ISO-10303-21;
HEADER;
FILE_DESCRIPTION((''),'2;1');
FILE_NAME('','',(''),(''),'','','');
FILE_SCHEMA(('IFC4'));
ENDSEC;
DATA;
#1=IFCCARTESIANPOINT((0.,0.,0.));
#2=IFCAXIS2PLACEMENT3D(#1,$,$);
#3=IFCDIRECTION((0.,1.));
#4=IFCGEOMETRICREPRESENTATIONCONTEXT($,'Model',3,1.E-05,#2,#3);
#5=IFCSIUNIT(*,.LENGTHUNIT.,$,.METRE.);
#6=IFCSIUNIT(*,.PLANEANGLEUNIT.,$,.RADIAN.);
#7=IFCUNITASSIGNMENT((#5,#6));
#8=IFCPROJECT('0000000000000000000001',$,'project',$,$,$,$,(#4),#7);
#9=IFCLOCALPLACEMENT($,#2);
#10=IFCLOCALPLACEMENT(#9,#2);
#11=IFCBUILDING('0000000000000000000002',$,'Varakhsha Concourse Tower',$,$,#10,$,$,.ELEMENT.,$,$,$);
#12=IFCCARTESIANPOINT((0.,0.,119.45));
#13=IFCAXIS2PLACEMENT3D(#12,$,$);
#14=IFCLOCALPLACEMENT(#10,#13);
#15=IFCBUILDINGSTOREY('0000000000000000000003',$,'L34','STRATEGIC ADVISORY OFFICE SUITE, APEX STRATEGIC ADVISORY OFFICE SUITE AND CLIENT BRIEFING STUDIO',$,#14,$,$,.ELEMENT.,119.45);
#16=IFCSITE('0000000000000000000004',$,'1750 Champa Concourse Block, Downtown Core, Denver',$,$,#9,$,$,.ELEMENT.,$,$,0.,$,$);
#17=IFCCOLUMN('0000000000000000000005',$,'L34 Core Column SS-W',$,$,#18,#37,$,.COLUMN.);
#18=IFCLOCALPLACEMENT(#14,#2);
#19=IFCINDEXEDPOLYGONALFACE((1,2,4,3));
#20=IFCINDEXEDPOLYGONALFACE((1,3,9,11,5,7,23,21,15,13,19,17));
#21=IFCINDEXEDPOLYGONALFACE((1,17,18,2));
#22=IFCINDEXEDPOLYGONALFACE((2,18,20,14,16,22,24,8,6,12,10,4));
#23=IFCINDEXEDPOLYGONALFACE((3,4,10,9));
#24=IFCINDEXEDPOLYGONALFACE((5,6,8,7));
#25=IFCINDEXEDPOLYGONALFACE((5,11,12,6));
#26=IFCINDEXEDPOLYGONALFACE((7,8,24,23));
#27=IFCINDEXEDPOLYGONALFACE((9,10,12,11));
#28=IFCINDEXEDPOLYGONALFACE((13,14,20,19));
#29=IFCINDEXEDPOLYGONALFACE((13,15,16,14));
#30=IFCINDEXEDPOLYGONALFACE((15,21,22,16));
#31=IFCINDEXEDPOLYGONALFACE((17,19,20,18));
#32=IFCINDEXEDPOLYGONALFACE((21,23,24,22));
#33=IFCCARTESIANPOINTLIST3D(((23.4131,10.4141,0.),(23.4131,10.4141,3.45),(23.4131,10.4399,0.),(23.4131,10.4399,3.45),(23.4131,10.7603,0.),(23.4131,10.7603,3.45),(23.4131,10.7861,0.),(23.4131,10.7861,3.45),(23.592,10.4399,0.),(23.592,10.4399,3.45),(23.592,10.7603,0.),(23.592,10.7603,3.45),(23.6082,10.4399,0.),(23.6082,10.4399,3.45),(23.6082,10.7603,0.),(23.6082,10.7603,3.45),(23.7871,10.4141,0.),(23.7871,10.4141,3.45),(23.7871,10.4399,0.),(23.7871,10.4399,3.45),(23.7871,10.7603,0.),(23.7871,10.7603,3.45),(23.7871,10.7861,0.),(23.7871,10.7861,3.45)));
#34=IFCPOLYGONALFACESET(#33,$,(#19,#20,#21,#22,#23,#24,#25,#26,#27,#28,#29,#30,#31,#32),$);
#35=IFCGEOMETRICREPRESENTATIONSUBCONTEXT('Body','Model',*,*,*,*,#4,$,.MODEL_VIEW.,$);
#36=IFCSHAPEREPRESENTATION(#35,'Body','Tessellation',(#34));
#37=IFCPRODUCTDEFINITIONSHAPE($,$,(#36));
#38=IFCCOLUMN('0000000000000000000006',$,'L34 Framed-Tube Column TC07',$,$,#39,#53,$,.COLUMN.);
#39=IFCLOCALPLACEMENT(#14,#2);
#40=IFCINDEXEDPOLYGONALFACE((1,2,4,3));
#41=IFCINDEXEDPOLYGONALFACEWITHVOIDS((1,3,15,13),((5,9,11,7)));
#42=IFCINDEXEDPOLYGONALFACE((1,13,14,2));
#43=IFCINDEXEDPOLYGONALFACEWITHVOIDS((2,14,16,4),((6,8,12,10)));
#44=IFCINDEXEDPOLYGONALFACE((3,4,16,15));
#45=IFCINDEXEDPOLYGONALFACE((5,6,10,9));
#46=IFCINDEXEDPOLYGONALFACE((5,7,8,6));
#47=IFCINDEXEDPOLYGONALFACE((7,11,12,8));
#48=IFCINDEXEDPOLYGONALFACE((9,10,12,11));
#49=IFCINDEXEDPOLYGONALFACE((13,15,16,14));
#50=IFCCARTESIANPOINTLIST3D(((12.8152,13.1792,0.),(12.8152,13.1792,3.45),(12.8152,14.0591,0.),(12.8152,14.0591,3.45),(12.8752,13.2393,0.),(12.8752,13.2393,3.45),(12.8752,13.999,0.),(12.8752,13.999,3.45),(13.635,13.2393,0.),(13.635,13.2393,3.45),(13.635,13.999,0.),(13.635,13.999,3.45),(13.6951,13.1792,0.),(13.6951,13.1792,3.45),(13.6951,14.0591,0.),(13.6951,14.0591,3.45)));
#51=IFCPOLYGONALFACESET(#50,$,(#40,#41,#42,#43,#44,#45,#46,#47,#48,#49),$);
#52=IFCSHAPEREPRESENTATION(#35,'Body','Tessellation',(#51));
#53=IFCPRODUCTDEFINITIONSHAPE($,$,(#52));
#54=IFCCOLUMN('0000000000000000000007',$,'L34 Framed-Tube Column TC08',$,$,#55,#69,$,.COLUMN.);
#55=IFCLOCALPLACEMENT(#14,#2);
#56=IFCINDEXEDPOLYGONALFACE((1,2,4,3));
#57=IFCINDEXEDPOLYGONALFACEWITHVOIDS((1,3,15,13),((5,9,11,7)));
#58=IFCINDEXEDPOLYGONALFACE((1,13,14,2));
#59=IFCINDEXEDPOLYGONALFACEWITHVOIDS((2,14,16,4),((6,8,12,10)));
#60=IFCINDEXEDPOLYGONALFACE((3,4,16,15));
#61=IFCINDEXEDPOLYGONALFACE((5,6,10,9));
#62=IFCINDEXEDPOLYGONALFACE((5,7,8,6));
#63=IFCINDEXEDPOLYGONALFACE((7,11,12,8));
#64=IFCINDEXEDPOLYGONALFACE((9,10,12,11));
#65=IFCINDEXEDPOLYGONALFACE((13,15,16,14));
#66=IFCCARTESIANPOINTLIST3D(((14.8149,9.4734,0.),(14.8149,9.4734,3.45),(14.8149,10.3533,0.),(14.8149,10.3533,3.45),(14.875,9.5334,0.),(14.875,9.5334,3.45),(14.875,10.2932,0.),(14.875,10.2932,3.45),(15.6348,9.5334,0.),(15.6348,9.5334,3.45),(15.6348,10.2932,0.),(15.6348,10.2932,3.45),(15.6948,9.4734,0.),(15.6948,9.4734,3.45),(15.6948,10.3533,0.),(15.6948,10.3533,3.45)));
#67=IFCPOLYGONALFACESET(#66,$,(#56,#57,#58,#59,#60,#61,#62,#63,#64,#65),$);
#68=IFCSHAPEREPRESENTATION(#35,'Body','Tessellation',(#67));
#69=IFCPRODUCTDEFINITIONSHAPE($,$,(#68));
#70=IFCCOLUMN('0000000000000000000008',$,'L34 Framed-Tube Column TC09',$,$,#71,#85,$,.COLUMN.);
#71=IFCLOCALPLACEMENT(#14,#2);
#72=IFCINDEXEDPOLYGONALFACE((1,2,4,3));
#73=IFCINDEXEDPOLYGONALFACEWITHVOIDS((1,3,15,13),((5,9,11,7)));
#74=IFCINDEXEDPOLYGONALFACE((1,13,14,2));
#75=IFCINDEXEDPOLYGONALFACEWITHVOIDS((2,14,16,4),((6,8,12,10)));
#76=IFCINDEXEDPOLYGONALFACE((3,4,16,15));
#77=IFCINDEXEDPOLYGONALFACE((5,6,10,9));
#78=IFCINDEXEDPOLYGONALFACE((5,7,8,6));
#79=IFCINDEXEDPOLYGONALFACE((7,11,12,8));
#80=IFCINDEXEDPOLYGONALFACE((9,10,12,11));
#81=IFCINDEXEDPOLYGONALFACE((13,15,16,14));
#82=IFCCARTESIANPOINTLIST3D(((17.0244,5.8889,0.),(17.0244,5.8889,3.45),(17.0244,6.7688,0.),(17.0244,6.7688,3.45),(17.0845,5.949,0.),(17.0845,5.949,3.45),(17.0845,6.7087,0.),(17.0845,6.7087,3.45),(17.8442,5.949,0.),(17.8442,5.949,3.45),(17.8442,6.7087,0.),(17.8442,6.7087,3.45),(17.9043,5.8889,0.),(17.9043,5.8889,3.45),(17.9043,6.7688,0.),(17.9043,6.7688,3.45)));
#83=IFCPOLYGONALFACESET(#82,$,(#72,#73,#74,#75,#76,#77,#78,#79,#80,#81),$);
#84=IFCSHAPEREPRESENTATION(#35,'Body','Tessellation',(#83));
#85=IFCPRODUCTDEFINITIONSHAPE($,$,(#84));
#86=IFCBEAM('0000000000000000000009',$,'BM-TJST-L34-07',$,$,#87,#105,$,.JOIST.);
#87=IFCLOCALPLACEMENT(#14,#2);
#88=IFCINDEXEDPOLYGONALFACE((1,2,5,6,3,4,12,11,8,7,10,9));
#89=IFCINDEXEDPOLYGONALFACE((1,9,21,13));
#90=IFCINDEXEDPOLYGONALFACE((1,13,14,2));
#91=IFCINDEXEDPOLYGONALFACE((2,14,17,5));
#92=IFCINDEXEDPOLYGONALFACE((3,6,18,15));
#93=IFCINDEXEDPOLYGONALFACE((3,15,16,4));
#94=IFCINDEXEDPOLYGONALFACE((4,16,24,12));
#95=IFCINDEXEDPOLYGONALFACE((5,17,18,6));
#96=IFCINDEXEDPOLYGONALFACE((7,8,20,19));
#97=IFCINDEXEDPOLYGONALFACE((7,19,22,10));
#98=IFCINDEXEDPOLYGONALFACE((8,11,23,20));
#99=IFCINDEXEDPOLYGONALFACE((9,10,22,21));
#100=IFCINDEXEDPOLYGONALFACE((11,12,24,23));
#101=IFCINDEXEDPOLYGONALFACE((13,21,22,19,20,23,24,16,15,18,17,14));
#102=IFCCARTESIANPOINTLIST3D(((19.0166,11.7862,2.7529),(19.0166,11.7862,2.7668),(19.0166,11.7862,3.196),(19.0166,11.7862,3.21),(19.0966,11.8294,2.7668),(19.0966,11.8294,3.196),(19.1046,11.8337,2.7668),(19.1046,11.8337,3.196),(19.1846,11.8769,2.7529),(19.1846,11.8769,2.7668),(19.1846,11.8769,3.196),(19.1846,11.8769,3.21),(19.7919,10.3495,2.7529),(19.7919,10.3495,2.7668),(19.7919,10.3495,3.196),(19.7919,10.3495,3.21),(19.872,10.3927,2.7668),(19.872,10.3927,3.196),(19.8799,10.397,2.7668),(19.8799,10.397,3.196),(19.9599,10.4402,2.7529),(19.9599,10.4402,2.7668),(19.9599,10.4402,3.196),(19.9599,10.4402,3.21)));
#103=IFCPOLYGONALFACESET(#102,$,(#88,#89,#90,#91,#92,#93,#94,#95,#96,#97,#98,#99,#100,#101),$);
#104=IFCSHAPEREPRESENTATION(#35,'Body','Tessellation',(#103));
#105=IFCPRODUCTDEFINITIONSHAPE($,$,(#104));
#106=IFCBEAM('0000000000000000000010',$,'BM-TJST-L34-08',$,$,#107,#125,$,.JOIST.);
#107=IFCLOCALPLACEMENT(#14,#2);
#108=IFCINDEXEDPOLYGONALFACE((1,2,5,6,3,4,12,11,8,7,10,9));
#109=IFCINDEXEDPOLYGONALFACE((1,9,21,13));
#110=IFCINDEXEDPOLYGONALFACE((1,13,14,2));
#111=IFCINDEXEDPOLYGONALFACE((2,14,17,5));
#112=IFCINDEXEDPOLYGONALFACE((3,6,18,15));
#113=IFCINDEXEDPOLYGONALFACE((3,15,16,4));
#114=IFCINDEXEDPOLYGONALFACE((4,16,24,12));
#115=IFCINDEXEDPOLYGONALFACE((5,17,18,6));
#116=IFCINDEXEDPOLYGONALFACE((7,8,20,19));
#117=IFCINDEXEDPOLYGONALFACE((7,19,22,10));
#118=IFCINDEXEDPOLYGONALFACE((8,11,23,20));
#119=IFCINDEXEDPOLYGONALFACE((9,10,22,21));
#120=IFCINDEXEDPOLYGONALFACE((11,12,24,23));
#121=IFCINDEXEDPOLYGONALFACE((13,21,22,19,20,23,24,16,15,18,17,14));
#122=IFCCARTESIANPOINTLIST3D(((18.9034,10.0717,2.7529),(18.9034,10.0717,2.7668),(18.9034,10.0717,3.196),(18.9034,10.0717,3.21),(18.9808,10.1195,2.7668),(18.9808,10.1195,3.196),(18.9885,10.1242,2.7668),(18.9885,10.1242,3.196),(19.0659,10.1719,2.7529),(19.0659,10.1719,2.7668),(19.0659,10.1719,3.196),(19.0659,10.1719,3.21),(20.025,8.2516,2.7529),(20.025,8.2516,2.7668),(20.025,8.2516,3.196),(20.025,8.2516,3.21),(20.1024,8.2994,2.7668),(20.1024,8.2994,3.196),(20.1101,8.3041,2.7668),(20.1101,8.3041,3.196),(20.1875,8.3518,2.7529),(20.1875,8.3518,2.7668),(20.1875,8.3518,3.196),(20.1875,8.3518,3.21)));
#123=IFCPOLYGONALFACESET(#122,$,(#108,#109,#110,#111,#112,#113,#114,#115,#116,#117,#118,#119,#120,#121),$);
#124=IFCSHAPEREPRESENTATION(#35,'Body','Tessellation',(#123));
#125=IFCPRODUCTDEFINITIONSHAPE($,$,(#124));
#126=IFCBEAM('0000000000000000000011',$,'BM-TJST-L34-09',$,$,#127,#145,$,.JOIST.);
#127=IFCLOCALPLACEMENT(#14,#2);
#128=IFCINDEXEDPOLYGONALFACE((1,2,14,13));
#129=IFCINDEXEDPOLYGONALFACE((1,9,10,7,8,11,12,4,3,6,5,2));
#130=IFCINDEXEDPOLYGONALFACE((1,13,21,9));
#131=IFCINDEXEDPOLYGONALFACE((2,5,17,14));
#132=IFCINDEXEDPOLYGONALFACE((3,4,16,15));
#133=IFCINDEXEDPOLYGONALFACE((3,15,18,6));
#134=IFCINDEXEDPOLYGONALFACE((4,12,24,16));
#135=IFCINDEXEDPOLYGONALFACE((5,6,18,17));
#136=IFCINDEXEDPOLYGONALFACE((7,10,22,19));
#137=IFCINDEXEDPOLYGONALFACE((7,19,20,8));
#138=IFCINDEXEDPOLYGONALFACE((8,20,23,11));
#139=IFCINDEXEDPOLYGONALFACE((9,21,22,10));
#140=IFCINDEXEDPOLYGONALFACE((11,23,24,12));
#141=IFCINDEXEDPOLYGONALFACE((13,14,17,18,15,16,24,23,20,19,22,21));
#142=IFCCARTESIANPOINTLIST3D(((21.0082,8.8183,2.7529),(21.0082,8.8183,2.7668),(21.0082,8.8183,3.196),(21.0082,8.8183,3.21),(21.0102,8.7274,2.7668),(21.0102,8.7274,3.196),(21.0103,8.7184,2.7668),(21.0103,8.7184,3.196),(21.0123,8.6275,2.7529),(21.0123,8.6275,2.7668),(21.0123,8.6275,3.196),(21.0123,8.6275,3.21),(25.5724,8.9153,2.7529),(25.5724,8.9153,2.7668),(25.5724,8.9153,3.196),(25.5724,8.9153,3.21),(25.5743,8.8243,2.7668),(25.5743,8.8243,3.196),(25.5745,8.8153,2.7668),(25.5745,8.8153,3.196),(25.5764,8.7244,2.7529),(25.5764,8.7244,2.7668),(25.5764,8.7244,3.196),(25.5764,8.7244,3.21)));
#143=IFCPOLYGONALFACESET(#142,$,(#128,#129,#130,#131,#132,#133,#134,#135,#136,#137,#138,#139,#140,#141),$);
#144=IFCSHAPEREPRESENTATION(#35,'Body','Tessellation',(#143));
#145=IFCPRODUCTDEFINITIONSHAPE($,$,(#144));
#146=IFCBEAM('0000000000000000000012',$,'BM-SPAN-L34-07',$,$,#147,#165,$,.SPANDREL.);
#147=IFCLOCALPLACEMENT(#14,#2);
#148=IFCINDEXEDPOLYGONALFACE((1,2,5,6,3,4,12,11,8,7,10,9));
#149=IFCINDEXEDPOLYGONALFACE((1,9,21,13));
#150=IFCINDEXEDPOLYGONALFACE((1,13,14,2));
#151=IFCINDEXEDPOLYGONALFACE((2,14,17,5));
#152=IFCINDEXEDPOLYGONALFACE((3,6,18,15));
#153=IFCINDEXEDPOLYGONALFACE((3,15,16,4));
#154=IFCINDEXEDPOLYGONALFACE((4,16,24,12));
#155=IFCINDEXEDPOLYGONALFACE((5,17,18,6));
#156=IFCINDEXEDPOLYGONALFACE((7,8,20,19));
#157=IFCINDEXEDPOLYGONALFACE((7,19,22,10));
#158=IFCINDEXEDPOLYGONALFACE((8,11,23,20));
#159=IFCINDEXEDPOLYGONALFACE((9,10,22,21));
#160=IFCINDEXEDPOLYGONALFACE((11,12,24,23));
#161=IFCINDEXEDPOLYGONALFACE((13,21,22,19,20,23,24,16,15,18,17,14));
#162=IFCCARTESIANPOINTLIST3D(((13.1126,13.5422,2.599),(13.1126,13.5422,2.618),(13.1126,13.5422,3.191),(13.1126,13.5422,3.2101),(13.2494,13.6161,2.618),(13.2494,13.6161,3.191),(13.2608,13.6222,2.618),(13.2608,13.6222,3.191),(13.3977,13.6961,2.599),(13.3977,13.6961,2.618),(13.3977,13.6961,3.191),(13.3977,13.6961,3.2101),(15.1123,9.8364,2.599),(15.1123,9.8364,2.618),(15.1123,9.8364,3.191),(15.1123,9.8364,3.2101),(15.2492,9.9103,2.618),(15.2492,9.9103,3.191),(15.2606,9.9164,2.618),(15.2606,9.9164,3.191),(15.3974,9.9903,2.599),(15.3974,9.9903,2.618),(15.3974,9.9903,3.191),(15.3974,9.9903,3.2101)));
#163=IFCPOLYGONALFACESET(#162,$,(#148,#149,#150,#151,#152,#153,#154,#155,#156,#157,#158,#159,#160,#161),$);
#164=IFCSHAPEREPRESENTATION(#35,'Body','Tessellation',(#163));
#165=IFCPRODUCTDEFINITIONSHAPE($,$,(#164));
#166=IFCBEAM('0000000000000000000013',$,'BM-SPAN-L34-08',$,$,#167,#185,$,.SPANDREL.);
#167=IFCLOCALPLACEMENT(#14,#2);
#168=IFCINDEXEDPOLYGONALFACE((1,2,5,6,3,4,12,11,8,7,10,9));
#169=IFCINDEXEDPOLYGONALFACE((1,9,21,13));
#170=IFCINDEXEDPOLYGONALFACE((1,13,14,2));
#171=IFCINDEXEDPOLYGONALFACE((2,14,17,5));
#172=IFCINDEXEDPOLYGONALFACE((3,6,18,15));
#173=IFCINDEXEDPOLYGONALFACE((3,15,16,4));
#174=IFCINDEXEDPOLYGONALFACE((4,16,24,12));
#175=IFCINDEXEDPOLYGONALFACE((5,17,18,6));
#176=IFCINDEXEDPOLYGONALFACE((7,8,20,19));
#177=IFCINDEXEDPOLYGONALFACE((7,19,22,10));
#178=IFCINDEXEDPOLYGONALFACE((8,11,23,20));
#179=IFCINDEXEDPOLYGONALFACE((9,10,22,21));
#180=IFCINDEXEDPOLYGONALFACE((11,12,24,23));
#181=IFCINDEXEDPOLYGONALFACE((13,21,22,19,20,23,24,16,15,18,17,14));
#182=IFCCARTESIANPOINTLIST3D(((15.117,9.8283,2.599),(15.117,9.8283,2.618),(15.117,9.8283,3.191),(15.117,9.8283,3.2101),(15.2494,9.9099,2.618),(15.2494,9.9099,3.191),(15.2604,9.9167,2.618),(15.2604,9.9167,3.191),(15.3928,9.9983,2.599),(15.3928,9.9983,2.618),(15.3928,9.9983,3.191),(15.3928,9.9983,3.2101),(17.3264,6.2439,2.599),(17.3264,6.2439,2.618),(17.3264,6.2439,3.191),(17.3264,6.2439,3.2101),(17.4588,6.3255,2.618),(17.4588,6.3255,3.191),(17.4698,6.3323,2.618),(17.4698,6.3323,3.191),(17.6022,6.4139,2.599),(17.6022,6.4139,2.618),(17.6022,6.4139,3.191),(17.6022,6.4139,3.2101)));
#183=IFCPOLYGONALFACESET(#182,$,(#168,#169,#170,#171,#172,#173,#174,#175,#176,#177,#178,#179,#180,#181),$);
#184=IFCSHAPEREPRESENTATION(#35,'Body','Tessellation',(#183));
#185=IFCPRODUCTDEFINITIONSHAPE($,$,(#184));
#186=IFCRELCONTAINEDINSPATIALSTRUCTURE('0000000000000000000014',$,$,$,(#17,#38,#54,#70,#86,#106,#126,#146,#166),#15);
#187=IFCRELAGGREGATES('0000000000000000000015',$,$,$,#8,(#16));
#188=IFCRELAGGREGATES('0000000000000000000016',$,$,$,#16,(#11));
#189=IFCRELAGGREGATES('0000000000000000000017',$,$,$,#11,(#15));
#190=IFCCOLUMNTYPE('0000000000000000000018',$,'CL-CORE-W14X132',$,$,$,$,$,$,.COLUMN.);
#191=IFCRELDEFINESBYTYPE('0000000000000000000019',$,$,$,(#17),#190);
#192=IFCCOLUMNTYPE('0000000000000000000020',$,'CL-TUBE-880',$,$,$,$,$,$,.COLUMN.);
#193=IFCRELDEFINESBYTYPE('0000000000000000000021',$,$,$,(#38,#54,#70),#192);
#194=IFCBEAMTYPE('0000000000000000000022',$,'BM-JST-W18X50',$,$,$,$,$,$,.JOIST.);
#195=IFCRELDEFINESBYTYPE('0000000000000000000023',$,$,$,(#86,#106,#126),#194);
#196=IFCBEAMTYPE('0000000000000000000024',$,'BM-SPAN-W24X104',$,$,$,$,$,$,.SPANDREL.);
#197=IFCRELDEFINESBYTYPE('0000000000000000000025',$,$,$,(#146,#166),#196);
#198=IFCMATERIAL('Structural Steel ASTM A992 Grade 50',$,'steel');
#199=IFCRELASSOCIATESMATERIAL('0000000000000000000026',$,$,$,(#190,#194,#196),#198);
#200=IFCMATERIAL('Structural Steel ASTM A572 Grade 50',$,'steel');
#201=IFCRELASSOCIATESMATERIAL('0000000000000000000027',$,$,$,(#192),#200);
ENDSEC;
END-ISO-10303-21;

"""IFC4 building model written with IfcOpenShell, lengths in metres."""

from ifc_helpers import new_model, si_unit, direction, frame, origin, origin_2d, place, context, subcontext, project, spatial, hollow_rectangle, i_section, extrude, material, material_profile, profile_set, type_object, element, save


model = new_model("IFC4")

# Units and contexts
model_context = context("Model", 3, precision=1e-05, world=origin(), true_north=direction((0.0, 1.0)))
body_context = subcontext(model_context, "Body", "Model", "MODEL_VIEW")
ifc_project = project(units=[si_unit("LENGTHUNIT", "METRE"), si_unit("PLANEANGLEUNIT", "RADIAN")], contexts=[model_context])

# Site, building, storey
site_placement = place(None, origin())
site = spatial("IfcSite", under=ifc_project, at=site_placement, Name="1750 Champa Concourse Block, Downtown Core, Denver", CompositionType="ELEMENT", RefElevation=0.0)
building_placement = place(site_placement, origin())
building = spatial("IfcBuilding", under=site, at=building_placement, Name="Varakhsha Concourse Tower", CompositionType="ELEMENT")
storey_placement = place(building_placement, frame((0.0, 0.0, 119.45)))
storey = spatial("IfcBuildingStorey", under=building, at=storey_placement, Name="L34", Description="STRATEGIC ADVISORY OFFICE SUITE, APEX STRATEGIC ADVISORY OFFICE SUITE AND CLIENT BRIEFING STUDIO", CompositionType="ELEMENT", Elevation=119.45)

# Columns
ifc_material_1 = material(Name="Structural Steel ASTM A992 Grade 50", Category="steel")
ifc_material_profile_1 = material_profile(ifc_material_1, i_section(OverallWidth=0.374, OverallDepth=0.3721, WebThickness=0.0161, FlangeThickness=0.0259, at=origin_2d()), Name="W14X132")
ifc_profile_set_1 = profile_set([ifc_material_profile_1], Name="Structural Steel ASTM A992 Grade 50")
column_type_1 = type_object("IfcColumnType", Name="CL-CORE-W14X132", PredefinedType="COLUMN", material=ifc_profile_set_1)
column_placement = place(storey_placement, frame((23.6001, 10.6001, 0.0), z_axis=(0.0, 0.0, 1.0), x_axis=(1.0, 0.0, 0.0)))
element("IfcColumn", 1, at=column_placement, inside=storey, type_object=column_type_1, Name="L34 Core Column SS-W", PredefinedType="COLUMN", context=body_context, shape_type="SweptSolid", body=[
    extrude(i_section(OverallWidth=0.374, OverallDepth=0.3721, WebThickness=0.0161, FlangeThickness=0.0259, at=origin_2d()), origin(), (0.0, 0.0, 1.0), 3.45),
])
ifc_material_2 = material(Name="Structural Steel ASTM A572 Grade 50", Category="steel")
ifc_material_profile_2 = material_profile(ifc_material_2, hollow_rectangle(XDim=0.8799, YDim=0.8799, WallThickness=0.0601, at=origin_2d()), Name="BOX 880x880x60")
ifc_profile_set_2 = profile_set([ifc_material_profile_2], Name="Structural Steel ASTM A572 Grade 50")
column_type_2 = type_object("IfcColumnType", Name="CL-TUBE-880", PredefinedType="COLUMN", material=ifc_profile_set_2)
for number, where, z_axis, x_axis, name in (
    (2, (13.2551, 13.6191, 0.0), (0.0, 0.0, 1.0), (1.0, 0.0, 0.0), "L34 Framed-Tube Column TC07"),
    (3, (15.2549, 9.9133, 0.0), (0.0, 0.0, 1.0), (1.0, 0.0, 0.0), "L34 Framed-Tube Column TC08"),
    (4, (17.4644, 6.3289, 0.0), (0.0, 0.0, 1.0), (1.0, 0.0, 0.0), "L34 Framed-Tube Column TC09"),
):
    element("IfcColumn", number, at=place(storey_placement, frame(where, z_axis=z_axis, x_axis=x_axis)), inside=storey, type_object=column_type_2, Name=name, PredefinedType="COLUMN", context=body_context, shape_type="SweptSolid", body=[
        extrude(hollow_rectangle(XDim=0.8799, YDim=0.8799, WallThickness=0.0601, at=origin_2d()), origin(), (0.0, 0.0, 1.0), 3.45),
    ])

# Beams
ifc_material_profile_3 = material_profile(ifc_material_1, i_section(OverallWidth=0.1909, OverallDepth=0.457, WebThickness=0.009, FlangeThickness=0.0139, at=origin_2d()), Name="W18X50")
ifc_profile_set_3 = profile_set([ifc_material_profile_3], Name="Structural Steel ASTM A992 Grade 50")
beam_type_1 = type_object("IfcBeamType", Name="BM-JST-W18X50", PredefinedType="JOIST", material=ifc_profile_set_3)
beam_1_placement = place(storey_placement, frame((19.1006, 11.8315, 2.9814), z_axis=(0.474929, -0.880024, 0.0), x_axis=(0.880024, 0.474929, 0.0)))
element("IfcBeam", 5, at=beam_1_placement, inside=storey, type_object=beam_type_1, Name="BM-TJST-L34-07", PredefinedType="JOIST", context=body_context, shape_type="SweptSolid", body=[
    extrude(i_section(OverallWidth=0.1909, OverallDepth=0.457, WebThickness=0.009, FlangeThickness=0.0139, at=origin_2d()), origin(), (0.0, 0.0, 1.0), 1.6326),
])
beam_2_placement = place(storey_placement, frame((18.9846, 10.1218, 2.9814), z_axis=(0.52462, -0.851337, 0.0), x_axis=(0.851337, 0.52462, 0.0)))
element("IfcBeam", 6, at=beam_2_placement, inside=storey, type_object=beam_type_1, Name="BM-TJST-L34-08", PredefinedType="JOIST", context=body_context, shape_type="SweptSolid", body=[
    extrude(i_section(OverallWidth=0.1909, OverallDepth=0.457, WebThickness=0.009, FlangeThickness=0.0139, at=origin_2d()), origin(), (0.0, 0.0, 1.0), 2.1379),
])
beam_3_placement = place(storey_placement, frame((21.0103, 8.7229, 2.9814), z_axis=(0.999775, 0.021231, 0.0), x_axis=(-0.021231, 0.999775, 0.0)))
element("IfcBeam", 7, at=beam_3_placement, inside=storey, type_object=beam_type_1, Name="BM-TJST-L34-09", PredefinedType="JOIST", context=body_context, shape_type="SweptSolid", body=[
    extrude(i_section(OverallWidth=0.1909, OverallDepth=0.457, WebThickness=0.009, FlangeThickness=0.0139, at=origin_2d()), origin(), (0.0, 0.0, 1.0), 4.5652),
])
ifc_material_profile_4 = material_profile(ifc_material_1, i_section(OverallWidth=0.324, OverallDepth=0.6111, WebThickness=0.0129, FlangeThickness=0.019, at=origin_2d()), Name="W24X104")
ifc_profile_set_4 = profile_set([ifc_material_profile_4], Name="Structural Steel ASTM A992 Grade 50")
beam_type_2 = type_object("IfcBeamType", Name="BM-SPAN-W24X104", PredefinedType="SPANDREL", material=ifc_profile_set_4)
beam_4_placement = place(storey_placement, frame((13.2551, 13.6191, 2.9045), z_axis=(0.474895, -0.880043, 0.0), x_axis=(0.880043, 0.474895, 0.0)))
element("IfcBeam", 8, at=beam_4_placement, inside=storey, type_object=beam_type_2, Name="BM-SPAN-L34-07", PredefinedType="SPANDREL", context=body_context, shape_type="SweptSolid", body=[
    extrude(i_section(OverallWidth=0.324, OverallDepth=0.6111, WebThickness=0.0129, FlangeThickness=0.019, at=origin_2d()), origin(), (0.0, 0.0, 1.0), 4.2109),
])
beam_5_placement = place(storey_placement, frame((15.2549, 9.9133, 2.9045), z_axis=(0.524725, -0.851272, 0.0), x_axis=(0.851272, 0.524725, 0.0)))
element("IfcBeam", 9, at=beam_5_placement, inside=storey, type_object=beam_type_2, Name="BM-SPAN-L34-08", PredefinedType="SPANDREL", context=body_context, shape_type="SweptSolid", body=[
    extrude(i_section(OverallWidth=0.324, OverallDepth=0.6111, WebThickness=0.0129, FlangeThickness=0.019, at=origin_2d()), origin(), (0.0, 0.0, 1.0), 4.2107),
])

save(model, "model.ifc")
